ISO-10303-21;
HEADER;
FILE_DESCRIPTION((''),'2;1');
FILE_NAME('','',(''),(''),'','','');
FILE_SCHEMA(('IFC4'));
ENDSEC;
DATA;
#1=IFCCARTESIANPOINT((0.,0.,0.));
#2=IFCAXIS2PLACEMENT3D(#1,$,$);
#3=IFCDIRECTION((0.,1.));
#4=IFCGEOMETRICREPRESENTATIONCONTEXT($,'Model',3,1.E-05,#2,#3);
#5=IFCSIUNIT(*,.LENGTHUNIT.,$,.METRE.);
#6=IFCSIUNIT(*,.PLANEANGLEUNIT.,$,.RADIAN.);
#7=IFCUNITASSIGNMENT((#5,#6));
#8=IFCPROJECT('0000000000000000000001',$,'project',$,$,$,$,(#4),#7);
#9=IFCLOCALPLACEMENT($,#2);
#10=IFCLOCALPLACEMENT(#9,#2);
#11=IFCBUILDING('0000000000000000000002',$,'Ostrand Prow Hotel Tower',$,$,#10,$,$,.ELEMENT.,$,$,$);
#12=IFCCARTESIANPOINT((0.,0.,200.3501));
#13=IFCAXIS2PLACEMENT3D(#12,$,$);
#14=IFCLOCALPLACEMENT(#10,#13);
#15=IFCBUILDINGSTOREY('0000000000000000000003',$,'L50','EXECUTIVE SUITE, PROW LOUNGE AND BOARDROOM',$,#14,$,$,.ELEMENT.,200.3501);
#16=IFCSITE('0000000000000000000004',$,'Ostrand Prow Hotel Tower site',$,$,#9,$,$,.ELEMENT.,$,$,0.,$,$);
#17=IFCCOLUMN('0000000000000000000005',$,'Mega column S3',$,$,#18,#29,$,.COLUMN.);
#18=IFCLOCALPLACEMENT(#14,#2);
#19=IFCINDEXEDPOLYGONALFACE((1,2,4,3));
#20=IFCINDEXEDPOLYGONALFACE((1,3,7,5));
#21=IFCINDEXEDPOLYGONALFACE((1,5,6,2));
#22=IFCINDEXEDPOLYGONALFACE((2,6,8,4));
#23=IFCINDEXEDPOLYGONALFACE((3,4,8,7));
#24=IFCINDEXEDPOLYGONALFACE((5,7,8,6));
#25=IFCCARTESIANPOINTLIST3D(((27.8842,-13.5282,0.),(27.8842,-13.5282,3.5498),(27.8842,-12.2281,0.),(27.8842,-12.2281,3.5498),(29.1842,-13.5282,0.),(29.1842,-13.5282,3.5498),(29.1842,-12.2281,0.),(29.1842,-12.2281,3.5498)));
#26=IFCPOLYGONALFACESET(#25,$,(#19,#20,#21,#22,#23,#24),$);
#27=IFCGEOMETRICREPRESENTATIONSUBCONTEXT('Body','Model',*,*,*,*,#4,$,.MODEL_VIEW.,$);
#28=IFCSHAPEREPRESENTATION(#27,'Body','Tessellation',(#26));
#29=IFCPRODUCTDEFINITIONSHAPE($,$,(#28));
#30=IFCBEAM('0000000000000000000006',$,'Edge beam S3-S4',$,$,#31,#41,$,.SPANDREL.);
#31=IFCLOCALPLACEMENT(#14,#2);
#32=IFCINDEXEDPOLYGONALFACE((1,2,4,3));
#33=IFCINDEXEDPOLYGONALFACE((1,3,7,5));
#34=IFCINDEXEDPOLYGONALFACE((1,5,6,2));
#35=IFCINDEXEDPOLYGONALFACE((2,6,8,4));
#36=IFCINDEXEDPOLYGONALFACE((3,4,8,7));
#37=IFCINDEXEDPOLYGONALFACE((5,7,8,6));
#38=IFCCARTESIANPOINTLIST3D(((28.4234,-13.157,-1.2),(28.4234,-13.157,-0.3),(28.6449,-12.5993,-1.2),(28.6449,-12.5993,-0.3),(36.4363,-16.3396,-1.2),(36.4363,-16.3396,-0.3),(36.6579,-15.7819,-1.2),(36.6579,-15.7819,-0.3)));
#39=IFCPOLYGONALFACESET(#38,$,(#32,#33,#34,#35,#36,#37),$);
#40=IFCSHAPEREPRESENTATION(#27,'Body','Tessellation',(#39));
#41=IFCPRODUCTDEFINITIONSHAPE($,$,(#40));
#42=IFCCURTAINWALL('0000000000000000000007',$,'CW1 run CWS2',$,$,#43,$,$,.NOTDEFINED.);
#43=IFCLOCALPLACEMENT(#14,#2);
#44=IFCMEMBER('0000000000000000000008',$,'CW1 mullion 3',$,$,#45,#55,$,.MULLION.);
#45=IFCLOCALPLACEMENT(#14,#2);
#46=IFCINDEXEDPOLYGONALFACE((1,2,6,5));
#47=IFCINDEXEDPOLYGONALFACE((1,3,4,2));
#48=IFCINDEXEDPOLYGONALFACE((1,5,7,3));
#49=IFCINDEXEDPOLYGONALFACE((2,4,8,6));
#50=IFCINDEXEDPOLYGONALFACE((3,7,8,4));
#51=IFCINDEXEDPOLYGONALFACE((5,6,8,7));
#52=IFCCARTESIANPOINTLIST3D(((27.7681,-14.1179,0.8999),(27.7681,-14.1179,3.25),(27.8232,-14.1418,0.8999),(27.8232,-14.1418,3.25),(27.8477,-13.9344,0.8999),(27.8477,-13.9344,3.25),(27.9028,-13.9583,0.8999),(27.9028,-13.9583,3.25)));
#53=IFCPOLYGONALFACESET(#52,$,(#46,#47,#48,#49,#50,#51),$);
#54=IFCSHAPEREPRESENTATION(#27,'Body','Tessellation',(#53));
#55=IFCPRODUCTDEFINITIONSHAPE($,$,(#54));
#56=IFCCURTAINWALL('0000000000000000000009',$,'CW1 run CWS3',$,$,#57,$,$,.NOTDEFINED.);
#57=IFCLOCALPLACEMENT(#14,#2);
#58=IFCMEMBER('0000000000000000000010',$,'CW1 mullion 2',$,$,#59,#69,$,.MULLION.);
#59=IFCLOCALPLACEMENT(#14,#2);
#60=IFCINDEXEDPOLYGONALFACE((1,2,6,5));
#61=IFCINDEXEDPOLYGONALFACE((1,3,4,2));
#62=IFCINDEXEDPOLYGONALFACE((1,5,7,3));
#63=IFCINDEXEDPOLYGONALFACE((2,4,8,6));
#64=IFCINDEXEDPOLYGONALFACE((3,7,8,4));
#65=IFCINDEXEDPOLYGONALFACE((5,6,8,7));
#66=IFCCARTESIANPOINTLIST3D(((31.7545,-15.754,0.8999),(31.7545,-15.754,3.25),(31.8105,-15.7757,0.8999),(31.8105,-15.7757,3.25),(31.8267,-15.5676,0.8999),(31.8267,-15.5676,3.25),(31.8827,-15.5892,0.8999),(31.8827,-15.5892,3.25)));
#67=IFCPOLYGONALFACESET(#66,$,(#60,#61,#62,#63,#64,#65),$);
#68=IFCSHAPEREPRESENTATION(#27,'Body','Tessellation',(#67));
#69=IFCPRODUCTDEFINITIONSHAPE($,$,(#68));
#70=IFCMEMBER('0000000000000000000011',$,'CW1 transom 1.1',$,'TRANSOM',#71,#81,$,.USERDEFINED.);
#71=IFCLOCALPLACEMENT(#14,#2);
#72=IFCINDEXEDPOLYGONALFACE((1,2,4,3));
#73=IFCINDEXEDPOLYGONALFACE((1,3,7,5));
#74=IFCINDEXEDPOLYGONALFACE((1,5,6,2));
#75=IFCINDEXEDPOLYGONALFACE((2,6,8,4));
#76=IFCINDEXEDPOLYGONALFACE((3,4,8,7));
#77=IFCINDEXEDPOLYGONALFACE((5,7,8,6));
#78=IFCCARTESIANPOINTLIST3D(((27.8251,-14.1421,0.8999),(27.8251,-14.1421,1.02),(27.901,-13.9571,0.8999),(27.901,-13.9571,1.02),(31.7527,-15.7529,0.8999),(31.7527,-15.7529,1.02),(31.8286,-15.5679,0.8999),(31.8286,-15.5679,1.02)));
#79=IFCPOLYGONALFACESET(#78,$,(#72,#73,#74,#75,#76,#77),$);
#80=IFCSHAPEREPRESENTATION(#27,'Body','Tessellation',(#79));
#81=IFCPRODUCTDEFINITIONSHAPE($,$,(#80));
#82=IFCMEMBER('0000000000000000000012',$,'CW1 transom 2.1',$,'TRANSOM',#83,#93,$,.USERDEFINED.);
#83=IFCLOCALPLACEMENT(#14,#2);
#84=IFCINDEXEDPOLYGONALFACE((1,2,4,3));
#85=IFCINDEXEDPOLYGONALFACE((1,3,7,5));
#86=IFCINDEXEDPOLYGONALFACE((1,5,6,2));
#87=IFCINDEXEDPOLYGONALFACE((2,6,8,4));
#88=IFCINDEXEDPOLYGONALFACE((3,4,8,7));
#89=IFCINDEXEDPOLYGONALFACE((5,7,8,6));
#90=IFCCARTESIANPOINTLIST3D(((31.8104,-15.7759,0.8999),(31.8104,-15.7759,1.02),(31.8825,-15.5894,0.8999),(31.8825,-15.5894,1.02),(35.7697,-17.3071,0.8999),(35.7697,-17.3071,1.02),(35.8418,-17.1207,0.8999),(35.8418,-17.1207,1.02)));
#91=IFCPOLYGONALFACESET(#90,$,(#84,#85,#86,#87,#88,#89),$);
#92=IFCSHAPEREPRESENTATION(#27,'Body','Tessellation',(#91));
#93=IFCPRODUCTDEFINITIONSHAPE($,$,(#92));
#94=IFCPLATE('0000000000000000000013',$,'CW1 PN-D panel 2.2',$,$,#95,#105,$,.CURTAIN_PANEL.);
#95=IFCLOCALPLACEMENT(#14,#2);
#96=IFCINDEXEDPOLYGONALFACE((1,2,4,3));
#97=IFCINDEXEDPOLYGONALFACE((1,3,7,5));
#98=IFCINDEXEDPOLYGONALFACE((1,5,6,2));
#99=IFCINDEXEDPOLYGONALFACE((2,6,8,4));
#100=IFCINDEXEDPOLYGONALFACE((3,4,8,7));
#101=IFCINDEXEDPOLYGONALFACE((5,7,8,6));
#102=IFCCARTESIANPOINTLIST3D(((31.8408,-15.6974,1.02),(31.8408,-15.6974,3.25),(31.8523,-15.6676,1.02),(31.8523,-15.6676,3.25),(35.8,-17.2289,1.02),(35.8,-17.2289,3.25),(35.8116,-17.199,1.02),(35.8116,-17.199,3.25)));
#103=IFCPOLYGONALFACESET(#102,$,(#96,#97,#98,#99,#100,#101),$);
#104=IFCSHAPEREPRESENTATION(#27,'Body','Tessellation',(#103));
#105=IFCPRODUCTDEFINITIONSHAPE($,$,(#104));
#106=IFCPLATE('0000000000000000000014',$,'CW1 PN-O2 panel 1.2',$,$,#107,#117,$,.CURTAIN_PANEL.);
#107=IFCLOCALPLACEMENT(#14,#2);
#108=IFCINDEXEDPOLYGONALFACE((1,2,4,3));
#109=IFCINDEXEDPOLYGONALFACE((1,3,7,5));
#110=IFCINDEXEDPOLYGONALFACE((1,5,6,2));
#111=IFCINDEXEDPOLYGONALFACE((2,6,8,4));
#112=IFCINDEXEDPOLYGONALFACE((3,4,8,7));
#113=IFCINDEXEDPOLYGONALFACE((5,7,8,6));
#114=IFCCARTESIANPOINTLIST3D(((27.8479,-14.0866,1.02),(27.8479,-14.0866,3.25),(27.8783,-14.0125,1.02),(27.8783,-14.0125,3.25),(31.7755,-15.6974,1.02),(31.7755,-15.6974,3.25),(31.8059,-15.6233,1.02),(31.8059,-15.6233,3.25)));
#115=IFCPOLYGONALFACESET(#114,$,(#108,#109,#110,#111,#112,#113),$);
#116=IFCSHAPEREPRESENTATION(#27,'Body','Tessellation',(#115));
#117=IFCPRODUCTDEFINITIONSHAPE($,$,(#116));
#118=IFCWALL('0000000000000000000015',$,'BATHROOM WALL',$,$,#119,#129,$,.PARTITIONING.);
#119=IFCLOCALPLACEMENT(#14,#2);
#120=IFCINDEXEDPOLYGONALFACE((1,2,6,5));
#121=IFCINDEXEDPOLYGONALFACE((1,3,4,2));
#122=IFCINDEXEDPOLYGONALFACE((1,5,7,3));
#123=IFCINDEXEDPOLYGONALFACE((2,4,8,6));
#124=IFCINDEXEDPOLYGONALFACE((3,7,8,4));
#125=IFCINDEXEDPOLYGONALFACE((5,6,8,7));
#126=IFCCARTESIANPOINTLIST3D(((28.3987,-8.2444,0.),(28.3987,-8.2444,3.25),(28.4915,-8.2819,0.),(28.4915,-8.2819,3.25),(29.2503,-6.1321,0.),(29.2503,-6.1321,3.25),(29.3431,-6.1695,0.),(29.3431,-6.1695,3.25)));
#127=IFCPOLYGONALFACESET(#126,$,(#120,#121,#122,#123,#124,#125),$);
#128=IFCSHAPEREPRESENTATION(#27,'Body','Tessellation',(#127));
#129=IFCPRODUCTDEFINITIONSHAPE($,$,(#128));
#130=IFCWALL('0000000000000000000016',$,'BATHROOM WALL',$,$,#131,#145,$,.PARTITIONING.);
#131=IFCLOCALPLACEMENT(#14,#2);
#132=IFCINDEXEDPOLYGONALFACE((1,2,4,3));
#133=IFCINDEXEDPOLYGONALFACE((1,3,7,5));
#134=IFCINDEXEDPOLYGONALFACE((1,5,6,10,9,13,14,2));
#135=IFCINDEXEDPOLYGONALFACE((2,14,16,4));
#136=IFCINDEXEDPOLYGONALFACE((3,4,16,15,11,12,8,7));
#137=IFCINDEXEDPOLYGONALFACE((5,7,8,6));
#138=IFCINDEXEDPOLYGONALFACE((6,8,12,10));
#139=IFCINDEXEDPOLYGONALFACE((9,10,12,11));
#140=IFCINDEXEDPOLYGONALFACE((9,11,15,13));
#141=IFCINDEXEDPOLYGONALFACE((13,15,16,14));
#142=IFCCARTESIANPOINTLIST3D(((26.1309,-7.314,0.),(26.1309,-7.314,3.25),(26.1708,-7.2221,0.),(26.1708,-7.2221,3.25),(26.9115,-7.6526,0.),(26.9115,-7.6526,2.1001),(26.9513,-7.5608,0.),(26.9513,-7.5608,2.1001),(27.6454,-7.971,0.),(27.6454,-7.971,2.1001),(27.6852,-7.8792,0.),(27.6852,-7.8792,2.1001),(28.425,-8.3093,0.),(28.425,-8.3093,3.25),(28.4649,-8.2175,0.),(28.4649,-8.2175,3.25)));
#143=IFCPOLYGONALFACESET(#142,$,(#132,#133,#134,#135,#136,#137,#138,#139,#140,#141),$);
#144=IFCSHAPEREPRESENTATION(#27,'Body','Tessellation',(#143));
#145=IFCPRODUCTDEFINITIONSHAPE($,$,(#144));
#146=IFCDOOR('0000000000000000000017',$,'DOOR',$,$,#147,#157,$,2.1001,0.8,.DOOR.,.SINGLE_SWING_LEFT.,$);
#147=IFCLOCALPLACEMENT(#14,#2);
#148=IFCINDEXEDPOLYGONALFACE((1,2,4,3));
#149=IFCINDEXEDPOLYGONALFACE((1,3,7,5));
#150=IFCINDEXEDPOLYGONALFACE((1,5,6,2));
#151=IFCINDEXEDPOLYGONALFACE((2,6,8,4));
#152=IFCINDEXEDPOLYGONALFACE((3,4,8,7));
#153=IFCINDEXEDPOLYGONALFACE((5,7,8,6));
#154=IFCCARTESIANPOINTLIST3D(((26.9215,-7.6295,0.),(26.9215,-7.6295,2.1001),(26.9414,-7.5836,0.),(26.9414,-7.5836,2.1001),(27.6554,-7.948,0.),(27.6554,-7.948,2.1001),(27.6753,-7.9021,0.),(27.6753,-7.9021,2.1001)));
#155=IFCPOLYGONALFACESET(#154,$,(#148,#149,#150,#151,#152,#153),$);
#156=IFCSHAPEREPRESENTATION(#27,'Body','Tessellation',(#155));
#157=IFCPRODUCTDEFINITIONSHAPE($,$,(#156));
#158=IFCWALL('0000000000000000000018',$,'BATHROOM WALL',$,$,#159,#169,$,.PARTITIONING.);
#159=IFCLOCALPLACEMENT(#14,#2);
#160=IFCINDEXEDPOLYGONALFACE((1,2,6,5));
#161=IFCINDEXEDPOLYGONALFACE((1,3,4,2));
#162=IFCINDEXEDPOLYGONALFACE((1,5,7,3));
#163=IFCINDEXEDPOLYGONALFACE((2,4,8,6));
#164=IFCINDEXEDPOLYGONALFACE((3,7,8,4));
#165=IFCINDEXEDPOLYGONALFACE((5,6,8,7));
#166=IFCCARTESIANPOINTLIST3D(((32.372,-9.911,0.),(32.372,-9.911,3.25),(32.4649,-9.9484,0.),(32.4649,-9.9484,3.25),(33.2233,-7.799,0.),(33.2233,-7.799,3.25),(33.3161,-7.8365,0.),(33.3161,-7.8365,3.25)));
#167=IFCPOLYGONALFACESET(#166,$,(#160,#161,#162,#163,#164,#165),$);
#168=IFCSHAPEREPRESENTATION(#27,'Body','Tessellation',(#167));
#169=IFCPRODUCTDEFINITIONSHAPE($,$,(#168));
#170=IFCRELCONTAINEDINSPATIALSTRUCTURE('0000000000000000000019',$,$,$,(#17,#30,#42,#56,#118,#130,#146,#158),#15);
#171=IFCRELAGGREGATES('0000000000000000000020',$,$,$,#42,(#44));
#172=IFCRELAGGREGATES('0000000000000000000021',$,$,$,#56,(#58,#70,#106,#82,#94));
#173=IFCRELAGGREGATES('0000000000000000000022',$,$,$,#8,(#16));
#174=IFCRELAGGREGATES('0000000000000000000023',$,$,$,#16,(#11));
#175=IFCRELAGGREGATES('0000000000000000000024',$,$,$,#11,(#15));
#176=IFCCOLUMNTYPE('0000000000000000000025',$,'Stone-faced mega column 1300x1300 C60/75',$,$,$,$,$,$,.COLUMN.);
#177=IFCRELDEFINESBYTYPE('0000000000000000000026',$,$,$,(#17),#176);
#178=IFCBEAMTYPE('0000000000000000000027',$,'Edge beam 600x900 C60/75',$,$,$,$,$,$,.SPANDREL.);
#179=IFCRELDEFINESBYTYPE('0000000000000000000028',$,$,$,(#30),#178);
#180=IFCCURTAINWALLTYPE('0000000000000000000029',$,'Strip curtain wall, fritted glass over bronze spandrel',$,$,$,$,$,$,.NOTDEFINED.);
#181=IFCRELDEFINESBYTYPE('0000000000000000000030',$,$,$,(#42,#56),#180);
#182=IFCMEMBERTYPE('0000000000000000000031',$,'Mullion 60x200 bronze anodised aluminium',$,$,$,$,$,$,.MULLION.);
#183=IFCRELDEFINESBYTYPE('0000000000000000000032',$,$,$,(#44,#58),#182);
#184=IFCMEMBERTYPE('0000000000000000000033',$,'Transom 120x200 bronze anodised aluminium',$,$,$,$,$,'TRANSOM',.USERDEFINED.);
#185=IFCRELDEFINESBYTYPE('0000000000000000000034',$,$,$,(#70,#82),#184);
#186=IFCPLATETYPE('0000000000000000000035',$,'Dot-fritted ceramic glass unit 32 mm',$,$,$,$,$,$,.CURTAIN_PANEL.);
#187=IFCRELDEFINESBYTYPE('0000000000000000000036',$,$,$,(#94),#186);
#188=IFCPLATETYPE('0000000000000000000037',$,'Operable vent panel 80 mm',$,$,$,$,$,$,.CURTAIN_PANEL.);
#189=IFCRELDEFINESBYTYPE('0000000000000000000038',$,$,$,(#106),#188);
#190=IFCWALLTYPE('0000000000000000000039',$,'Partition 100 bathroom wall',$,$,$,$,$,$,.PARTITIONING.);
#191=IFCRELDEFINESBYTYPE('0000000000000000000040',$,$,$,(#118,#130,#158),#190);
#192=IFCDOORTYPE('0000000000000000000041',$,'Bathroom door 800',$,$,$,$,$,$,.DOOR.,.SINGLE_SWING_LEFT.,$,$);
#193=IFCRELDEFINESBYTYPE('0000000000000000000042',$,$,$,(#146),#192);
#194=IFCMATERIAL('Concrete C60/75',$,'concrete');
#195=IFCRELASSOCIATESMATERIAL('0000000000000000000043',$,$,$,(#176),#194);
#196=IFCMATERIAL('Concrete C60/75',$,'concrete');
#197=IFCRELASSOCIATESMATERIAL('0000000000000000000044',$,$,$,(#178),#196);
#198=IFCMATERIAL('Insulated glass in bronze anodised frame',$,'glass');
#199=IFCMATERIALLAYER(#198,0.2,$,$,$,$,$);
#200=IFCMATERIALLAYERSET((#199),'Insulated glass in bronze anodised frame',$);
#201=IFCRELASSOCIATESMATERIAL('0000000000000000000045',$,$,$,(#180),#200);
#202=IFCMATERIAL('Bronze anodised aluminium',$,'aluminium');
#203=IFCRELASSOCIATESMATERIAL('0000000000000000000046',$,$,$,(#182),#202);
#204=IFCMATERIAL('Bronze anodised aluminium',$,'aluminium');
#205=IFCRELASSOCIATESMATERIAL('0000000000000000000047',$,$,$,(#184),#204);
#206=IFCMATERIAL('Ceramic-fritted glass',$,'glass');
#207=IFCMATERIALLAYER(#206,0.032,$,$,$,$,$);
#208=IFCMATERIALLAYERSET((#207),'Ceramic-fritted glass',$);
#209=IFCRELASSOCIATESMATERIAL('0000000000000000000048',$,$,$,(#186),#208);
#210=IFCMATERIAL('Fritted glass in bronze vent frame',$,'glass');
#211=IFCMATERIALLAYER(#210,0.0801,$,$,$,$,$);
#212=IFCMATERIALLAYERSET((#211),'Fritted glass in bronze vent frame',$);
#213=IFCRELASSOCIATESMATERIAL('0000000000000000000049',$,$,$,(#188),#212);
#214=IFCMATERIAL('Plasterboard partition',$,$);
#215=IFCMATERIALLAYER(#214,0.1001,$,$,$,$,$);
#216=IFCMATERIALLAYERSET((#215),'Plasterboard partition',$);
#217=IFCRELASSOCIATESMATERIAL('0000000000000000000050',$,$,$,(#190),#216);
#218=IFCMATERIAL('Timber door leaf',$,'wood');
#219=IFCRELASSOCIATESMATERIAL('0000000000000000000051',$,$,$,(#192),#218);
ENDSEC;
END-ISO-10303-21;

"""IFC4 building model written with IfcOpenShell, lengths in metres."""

from ifc_helpers import new_model, si_unit, direction, frame, frame_2d, origin, origin_2d, place, context, subcontext, project, spatial, rectangle, extrude, material, layer, layer_set, material_profile, profile_set, type_object, element, fill, aggregate, save


model = new_model("IFC4")

# Units and contexts
model_context = context("Model", 3, precision=1e-05, world=origin(), true_north=direction((0.0, 1.0)))
body_context = subcontext(model_context, "Body", "Model", "MODEL_VIEW")
ifc_project = project(units=[si_unit("LENGTHUNIT", "METRE"), si_unit("PLANEANGLEUNIT", "RADIAN")], contexts=[model_context])

# Site, building, storey
site_placement = place(None, origin())
site = spatial("IfcSite", under=ifc_project, at=site_placement, Name="Ostrand Prow Hotel Tower site", CompositionType="ELEMENT", RefElevation=0.0)
building_placement = place(site_placement, origin())
building = spatial("IfcBuilding", under=site, at=building_placement, Name="Ostrand Prow Hotel Tower", CompositionType="ELEMENT")
storey_placement = place(building_placement, frame((0.0, 0.0, 200.3501)))
storey = spatial("IfcBuildingStorey", under=building, at=storey_placement, Name="L50", Description="EXECUTIVE SUITE, PROW LOUNGE AND BOARDROOM", CompositionType="ELEMENT", Elevation=200.3501)

# Column
ifc_material_1 = material(Name="Concrete C60/75", Category="concrete")
ifc_material_profile_1 = material_profile(ifc_material_1, rectangle(XDim=1.3, YDim=1.3, at=origin_2d()), Name="RC 1300x1300")
ifc_profile_set_1 = profile_set([ifc_material_profile_1], Name="Concrete C60/75")
column_type = type_object("IfcColumnType", Name="Stone-faced mega column 1300x1300 C60/75", PredefinedType="COLUMN", material=ifc_profile_set_1)
column_placement = place(storey_placement, frame((28.5342, -12.8782, 0.0), z_axis=(0.0, 0.0, 1.0), x_axis=(1.0, 0.0, 0.0)))
element("IfcColumn", 1, at=column_placement, inside=storey, type_object=column_type, Name="Mega column S3", PredefinedType="COLUMN", context=body_context, shape_type="SweptSolid", body=[
    extrude(rectangle(XDim=1.3, YDim=1.3, at=origin_2d()), origin(), (0.0, 0.0, 1.0), 3.5498),
])

# Beam
ifc_material_2 = material(Name="Concrete C60/75", Category="concrete")
ifc_material_profile_2 = material_profile(ifc_material_2, rectangle(XDim=0.6001, YDim=0.8999, at=origin_2d()), Name="RC 600x900")
ifc_profile_set_2 = profile_set([ifc_material_profile_2], Name="Concrete C60/75")
beam_type = type_object("IfcBeamType", Name="Edge beam 600x900 C60/75", PredefinedType="SPANDREL", material=ifc_profile_set_2)
beam_placement = place(storey_placement, frame((28.5342, -12.8782, -0.75), z_axis=(0.929376, -0.369134, 0.0), x_axis=(0.369134, 0.929376, 0.0)))
element("IfcBeam", 2, at=beam_placement, inside=storey, type_object=beam_type, Name="Edge beam S3-S4", PredefinedType="SPANDREL", context=body_context, shape_type="SweptSolid", body=[
    extrude(rectangle(XDim=0.6001, YDim=0.8999, at=origin_2d()), origin(), (0.0, 0.0, 1.0), 8.6218),
])

# Curtain wall, member
ifc_material_3 = material(Name="Insulated glass in bronze anodised frame", Category="glass")
ifc_layer_1 = layer(ifc_material_3, 0.2)
ifc_layer_set_1 = layer_set([ifc_layer_1], Name="Insulated glass in bronze anodised frame")
curtain_wall_type = type_object("IfcCurtainWallType", Name="Strip curtain wall, fritted glass over bronze spandrel", PredefinedType="NOTDEFINED", material=ifc_layer_set_1)
curtain_wall_1_placement = place(storey_placement, origin())
curtain_wall_1 = element("IfcCurtainWall", 3, at=curtain_wall_1_placement, inside=storey, type_object=curtain_wall_type, Name="CW1 run CWS2", PredefinedType="NOTDEFINED")
ifc_material_4 = material(Name="Bronze anodised aluminium", Category="aluminium")
ifc_material_profile_3 = material_profile(ifc_material_4, rectangle(XDim=0.2, YDim=0.0601, at=origin_2d()), Name="Mullion 60x200 bronze anodised aluminium")
ifc_profile_set_3 = profile_set([ifc_material_profile_3], Name="Bronze anodised aluminium")
member_type_1 = type_object("IfcMemberType", Name="Mullion 60x200 bronze anodised aluminium", PredefinedType="MULLION", material=ifc_profile_set_3)
member_1_placement = place(storey_placement, frame((27.8354, -14.0381, 0.8999), z_axis=(0.0, 0.0, 1.0), x_axis=(0.398005, 0.917383, 0.0)))
member_1 = element("IfcMember", 4, at=member_1_placement, type_object=member_type_1, Name="CW1 mullion 3", PredefinedType="MULLION", context=body_context, shape_type="SweptSolid", body=[
    extrude(rectangle(XDim=0.2, YDim=0.0601, at=origin_2d()), origin(), (0.0, 0.0, 1.0), 2.3501),
])
aggregate(curtain_wall_1, [member_1])

# Curtain wall, members, plates
curtain_wall_2_placement = place(storey_placement, origin())
curtain_wall_2 = element("IfcCurtainWall", 5, at=curtain_wall_2_placement, inside=storey, type_object=curtain_wall_type, Name="CW1 run CWS3", PredefinedType="NOTDEFINED")
member_2_placement = place(storey_placement, frame((31.8186, -15.6716, 0.8999), z_axis=(0.0, 0.0, 1.0), x_axis=(0.360749, 0.932663, 0.0)))
member_2 = element("IfcMember", 6, at=member_2_placement, type_object=member_type_1, Name="CW1 mullion 2", PredefinedType="MULLION", context=body_context, shape_type="SweptSolid", body=[
    extrude(rectangle(XDim=0.2, YDim=0.0601, at=origin_2d()), origin(), (0.0, 0.0, 1.0), 2.3501),
])
ifc_material_5 = material(Name="Bronze anodised aluminium", Category="aluminium")
ifc_material_profile_4 = material_profile(ifc_material_5, rectangle(XDim=0.2, YDim=0.1201, at=origin_2d()), Name="Transom 120x200 bronze anodised aluminium")
ifc_profile_set_4 = profile_set([ifc_material_profile_4], Name="Bronze anodised aluminium")
member_type_2 = type_object("IfcMemberType", Name="Transom 120x200 bronze anodised aluminium", ElementType="TRANSOM", PredefinedType="USERDEFINED", material=ifc_profile_set_4)
member_3_placement = place(storey_placement, frame((27.863, -14.0496, 0.96), z_axis=(0.925213, -0.379448, 0.0), x_axis=(0.379448, 0.925213, 0.0)))
member_3 = element("IfcMember", 7, at=member_3_placement, type_object=member_type_2, Name="CW1 transom 1.1", ObjectType="TRANSOM", PredefinedType="USERDEFINED", context=body_context, shape_type="SweptSolid", body=[
    extrude(rectangle(XDim=0.2, YDim=0.1201, at=origin_2d()), origin(), (0.0, 0.0, 1.0), 4.2451),
])
member_4_placement = place(storey_placement, frame((31.8464, -15.6826, 0.96), z_axis=(0.932675, -0.360717, 0.0), x_axis=(0.360717, 0.932675, 0.0)))
member_4 = element("IfcMember", 8, at=member_4_placement, type_object=member_type_2, Name="CW1 transom 2.1", ObjectType="TRANSOM", PredefinedType="USERDEFINED", context=body_context, shape_type="SweptSolid", body=[
    extrude(rectangle(XDim=0.2, YDim=0.1201, at=origin_2d()), origin(), (0.0, 0.0, 1.0), 4.2451),
])
ifc_material_6 = material(Name="Ceramic-fritted glass", Category="glass")
ifc_layer_2 = layer(ifc_material_6, 0.032)
ifc_layer_set_2 = layer_set([ifc_layer_2], Name="Ceramic-fritted glass")
plate_type_1 = type_object("IfcPlateType", Name="Dot-fritted ceramic glass unit 32 mm", PredefinedType="CURTAIN_PANEL", material=ifc_layer_set_2)
plate_1_placement = place(storey_placement, frame((33.8262, -16.4482, 1.02), z_axis=(0.0, 0.0, 1.0), x_axis=(0.932663, -0.360749, 0.0)))
plate_1 = element("IfcPlate", 9, at=plate_1_placement, type_object=plate_type_1, Name="CW1 PN-D panel 2.2", PredefinedType="CURTAIN_PANEL", context=body_context, shape_type="SweptSolid", body=[
    extrude(rectangle(XDim=4.2451, YDim=0.032, at=origin_2d()), origin(), (0.0, 0.0, 1.0), 2.23),
])
ifc_material_7 = material(Name="Fritted glass in bronze vent frame", Category="glass")
ifc_layer_3 = layer(ifc_material_7, 0.0801)
ifc_layer_set_3 = layer_set([ifc_layer_3], Name="Fritted glass in bronze vent frame")
plate_type_2 = type_object("IfcPlateType", Name="Operable vent panel 80 mm", PredefinedType="CURTAIN_PANEL", material=ifc_layer_set_3)
plate_2_placement = place(storey_placement, frame((29.8269, -14.855, 1.02), z_axis=(0.0, 0.0, 1.0), x_axis=(0.925211, -0.379453, 0.0)))
plate_2 = element("IfcPlate", 10, at=plate_2_placement, type_object=plate_type_2, Name="CW1 PN-O2 panel 1.2", PredefinedType="CURTAIN_PANEL", context=body_context, shape_type="SweptSolid", body=[
    extrude(rectangle(XDim=4.2451, YDim=0.0801, at=origin_2d()), origin(), (0.0, 0.0, 1.0), 2.23),
])
aggregate(curtain_wall_2, [member_2, member_3, plate_2, member_4, plate_1])

# Wall
ifc_material_8 = material(Name="Plasterboard partition")
ifc_layer_4 = layer(ifc_material_8, 0.1001)
ifc_layer_set_4 = layer_set([ifc_layer_4], Name="Plasterboard partition")
wall_type_1 = type_object("IfcWallType", Name="Partition 100 bathroom wall", PredefinedType="PARTITIONING", material=ifc_layer_set_4)
wall_1_placement = place(storey_placement, frame((29.2966, -6.1509, 0.0), z_axis=(0.0, 0.0, 1.0), x_axis=(-0.373903, -0.927468, 0.0)))
element("IfcWall", 11, at=wall_1_placement, inside=storey, type_object=wall_type_1, Name="BATHROOM WALL", PredefinedType="PARTITIONING", context=body_context, shape_type="SweptSolid", body=[
    extrude(rectangle(XDim=2.2776, YDim=0.1001, at=frame_2d((1.1387, 0.0))), origin(), (0.0, 0.0, 1.0), 3.25),
])

# Wall, opening, door
wall_2_placement = place(storey_placement, frame((28.4451, -8.2634, 0.0), z_axis=(0.0, 0.0, 1.0), x_axis=(-0.917379, 0.398016, 0.0)))
wall_2 = element("IfcWall", 12, at=wall_2_placement, inside=storey, type_object=wall_type_1, Name="BATHROOM WALL", PredefinedType="PARTITIONING", context=body_context, shape_type="SweptSolid", body=[
    extrude(rectangle(XDim=2.5007, YDim=0.1001, at=frame_2d((1.2505, 0.0))), origin(), (0.0, 0.0, 1.0), 3.25),
])
opening_1_placement = place(wall_2_placement, frame((0.8501, 0.0, 0.0)))
opening_1 = element("IfcOpeningElement", 13, at=opening_1_placement, cuts=wall_2, PredefinedType="OPENING", context=body_context, shape_type="SweptSolid", body=[
    extrude(rectangle(XDim=0.8, YDim=2.1001, at=frame_2d((0.3999, 1.05))), frame((0.0, 0.0601, 0.0), z_axis=(0.0, -1.0, 0.0), x_axis=(1.0, 0.0, 0.0)), (0.0, 0.0, 1.0), 0.1201),
])
ifc_material_9 = material(Name="Timber door leaf", Category="wood")
door_type_1 = type_object("IfcDoorType", Name="Bathroom door 800", OperationType="SINGLE_SWING_LEFT", PredefinedType="DOOR", material=ifc_material_9)
door_1_placement = place(opening_1_placement, origin())
door_1 = element("IfcDoor", 14, at=door_1_placement, inside=storey, type_object=door_type_1, Name="DOOR", OperationType="SINGLE_SWING_LEFT", OverallHeight=2.1001, OverallWidth=0.8, PredefinedType="DOOR", context=body_context, shape_type="SweptSolid", body=[
    extrude(rectangle(XDim=0.8, YDim=2.1001, at=frame_2d((0.3999, 1.05))), frame((0.0, 0.0249, 0.0), z_axis=(0.0, -1.0, 0.0), x_axis=(1.0, 0.0, 0.0)), (0.0, 0.0, 1.0), 0.05),
])
fill(opening_1, door_1)

# Wall
wall_3_placement = place(storey_placement, frame((33.2698, -7.8176, 0.0), z_axis=(0.0, 0.0, 1.0), x_axis=(-0.373848, -0.92749, 0.0)))
element("IfcWall", 15, at=wall_3_placement, inside=storey, type_object=wall_type_1, Name="BATHROOM WALL", PredefinedType="PARTITIONING", context=body_context, shape_type="SweptSolid", body=[
    extrude(rectangle(XDim=2.2771, YDim=0.1001, at=frame_2d((1.1387, 0.0))), origin(), (0.0, 0.0, 1.0), 3.25),
])

save(model, "model.ifc")
